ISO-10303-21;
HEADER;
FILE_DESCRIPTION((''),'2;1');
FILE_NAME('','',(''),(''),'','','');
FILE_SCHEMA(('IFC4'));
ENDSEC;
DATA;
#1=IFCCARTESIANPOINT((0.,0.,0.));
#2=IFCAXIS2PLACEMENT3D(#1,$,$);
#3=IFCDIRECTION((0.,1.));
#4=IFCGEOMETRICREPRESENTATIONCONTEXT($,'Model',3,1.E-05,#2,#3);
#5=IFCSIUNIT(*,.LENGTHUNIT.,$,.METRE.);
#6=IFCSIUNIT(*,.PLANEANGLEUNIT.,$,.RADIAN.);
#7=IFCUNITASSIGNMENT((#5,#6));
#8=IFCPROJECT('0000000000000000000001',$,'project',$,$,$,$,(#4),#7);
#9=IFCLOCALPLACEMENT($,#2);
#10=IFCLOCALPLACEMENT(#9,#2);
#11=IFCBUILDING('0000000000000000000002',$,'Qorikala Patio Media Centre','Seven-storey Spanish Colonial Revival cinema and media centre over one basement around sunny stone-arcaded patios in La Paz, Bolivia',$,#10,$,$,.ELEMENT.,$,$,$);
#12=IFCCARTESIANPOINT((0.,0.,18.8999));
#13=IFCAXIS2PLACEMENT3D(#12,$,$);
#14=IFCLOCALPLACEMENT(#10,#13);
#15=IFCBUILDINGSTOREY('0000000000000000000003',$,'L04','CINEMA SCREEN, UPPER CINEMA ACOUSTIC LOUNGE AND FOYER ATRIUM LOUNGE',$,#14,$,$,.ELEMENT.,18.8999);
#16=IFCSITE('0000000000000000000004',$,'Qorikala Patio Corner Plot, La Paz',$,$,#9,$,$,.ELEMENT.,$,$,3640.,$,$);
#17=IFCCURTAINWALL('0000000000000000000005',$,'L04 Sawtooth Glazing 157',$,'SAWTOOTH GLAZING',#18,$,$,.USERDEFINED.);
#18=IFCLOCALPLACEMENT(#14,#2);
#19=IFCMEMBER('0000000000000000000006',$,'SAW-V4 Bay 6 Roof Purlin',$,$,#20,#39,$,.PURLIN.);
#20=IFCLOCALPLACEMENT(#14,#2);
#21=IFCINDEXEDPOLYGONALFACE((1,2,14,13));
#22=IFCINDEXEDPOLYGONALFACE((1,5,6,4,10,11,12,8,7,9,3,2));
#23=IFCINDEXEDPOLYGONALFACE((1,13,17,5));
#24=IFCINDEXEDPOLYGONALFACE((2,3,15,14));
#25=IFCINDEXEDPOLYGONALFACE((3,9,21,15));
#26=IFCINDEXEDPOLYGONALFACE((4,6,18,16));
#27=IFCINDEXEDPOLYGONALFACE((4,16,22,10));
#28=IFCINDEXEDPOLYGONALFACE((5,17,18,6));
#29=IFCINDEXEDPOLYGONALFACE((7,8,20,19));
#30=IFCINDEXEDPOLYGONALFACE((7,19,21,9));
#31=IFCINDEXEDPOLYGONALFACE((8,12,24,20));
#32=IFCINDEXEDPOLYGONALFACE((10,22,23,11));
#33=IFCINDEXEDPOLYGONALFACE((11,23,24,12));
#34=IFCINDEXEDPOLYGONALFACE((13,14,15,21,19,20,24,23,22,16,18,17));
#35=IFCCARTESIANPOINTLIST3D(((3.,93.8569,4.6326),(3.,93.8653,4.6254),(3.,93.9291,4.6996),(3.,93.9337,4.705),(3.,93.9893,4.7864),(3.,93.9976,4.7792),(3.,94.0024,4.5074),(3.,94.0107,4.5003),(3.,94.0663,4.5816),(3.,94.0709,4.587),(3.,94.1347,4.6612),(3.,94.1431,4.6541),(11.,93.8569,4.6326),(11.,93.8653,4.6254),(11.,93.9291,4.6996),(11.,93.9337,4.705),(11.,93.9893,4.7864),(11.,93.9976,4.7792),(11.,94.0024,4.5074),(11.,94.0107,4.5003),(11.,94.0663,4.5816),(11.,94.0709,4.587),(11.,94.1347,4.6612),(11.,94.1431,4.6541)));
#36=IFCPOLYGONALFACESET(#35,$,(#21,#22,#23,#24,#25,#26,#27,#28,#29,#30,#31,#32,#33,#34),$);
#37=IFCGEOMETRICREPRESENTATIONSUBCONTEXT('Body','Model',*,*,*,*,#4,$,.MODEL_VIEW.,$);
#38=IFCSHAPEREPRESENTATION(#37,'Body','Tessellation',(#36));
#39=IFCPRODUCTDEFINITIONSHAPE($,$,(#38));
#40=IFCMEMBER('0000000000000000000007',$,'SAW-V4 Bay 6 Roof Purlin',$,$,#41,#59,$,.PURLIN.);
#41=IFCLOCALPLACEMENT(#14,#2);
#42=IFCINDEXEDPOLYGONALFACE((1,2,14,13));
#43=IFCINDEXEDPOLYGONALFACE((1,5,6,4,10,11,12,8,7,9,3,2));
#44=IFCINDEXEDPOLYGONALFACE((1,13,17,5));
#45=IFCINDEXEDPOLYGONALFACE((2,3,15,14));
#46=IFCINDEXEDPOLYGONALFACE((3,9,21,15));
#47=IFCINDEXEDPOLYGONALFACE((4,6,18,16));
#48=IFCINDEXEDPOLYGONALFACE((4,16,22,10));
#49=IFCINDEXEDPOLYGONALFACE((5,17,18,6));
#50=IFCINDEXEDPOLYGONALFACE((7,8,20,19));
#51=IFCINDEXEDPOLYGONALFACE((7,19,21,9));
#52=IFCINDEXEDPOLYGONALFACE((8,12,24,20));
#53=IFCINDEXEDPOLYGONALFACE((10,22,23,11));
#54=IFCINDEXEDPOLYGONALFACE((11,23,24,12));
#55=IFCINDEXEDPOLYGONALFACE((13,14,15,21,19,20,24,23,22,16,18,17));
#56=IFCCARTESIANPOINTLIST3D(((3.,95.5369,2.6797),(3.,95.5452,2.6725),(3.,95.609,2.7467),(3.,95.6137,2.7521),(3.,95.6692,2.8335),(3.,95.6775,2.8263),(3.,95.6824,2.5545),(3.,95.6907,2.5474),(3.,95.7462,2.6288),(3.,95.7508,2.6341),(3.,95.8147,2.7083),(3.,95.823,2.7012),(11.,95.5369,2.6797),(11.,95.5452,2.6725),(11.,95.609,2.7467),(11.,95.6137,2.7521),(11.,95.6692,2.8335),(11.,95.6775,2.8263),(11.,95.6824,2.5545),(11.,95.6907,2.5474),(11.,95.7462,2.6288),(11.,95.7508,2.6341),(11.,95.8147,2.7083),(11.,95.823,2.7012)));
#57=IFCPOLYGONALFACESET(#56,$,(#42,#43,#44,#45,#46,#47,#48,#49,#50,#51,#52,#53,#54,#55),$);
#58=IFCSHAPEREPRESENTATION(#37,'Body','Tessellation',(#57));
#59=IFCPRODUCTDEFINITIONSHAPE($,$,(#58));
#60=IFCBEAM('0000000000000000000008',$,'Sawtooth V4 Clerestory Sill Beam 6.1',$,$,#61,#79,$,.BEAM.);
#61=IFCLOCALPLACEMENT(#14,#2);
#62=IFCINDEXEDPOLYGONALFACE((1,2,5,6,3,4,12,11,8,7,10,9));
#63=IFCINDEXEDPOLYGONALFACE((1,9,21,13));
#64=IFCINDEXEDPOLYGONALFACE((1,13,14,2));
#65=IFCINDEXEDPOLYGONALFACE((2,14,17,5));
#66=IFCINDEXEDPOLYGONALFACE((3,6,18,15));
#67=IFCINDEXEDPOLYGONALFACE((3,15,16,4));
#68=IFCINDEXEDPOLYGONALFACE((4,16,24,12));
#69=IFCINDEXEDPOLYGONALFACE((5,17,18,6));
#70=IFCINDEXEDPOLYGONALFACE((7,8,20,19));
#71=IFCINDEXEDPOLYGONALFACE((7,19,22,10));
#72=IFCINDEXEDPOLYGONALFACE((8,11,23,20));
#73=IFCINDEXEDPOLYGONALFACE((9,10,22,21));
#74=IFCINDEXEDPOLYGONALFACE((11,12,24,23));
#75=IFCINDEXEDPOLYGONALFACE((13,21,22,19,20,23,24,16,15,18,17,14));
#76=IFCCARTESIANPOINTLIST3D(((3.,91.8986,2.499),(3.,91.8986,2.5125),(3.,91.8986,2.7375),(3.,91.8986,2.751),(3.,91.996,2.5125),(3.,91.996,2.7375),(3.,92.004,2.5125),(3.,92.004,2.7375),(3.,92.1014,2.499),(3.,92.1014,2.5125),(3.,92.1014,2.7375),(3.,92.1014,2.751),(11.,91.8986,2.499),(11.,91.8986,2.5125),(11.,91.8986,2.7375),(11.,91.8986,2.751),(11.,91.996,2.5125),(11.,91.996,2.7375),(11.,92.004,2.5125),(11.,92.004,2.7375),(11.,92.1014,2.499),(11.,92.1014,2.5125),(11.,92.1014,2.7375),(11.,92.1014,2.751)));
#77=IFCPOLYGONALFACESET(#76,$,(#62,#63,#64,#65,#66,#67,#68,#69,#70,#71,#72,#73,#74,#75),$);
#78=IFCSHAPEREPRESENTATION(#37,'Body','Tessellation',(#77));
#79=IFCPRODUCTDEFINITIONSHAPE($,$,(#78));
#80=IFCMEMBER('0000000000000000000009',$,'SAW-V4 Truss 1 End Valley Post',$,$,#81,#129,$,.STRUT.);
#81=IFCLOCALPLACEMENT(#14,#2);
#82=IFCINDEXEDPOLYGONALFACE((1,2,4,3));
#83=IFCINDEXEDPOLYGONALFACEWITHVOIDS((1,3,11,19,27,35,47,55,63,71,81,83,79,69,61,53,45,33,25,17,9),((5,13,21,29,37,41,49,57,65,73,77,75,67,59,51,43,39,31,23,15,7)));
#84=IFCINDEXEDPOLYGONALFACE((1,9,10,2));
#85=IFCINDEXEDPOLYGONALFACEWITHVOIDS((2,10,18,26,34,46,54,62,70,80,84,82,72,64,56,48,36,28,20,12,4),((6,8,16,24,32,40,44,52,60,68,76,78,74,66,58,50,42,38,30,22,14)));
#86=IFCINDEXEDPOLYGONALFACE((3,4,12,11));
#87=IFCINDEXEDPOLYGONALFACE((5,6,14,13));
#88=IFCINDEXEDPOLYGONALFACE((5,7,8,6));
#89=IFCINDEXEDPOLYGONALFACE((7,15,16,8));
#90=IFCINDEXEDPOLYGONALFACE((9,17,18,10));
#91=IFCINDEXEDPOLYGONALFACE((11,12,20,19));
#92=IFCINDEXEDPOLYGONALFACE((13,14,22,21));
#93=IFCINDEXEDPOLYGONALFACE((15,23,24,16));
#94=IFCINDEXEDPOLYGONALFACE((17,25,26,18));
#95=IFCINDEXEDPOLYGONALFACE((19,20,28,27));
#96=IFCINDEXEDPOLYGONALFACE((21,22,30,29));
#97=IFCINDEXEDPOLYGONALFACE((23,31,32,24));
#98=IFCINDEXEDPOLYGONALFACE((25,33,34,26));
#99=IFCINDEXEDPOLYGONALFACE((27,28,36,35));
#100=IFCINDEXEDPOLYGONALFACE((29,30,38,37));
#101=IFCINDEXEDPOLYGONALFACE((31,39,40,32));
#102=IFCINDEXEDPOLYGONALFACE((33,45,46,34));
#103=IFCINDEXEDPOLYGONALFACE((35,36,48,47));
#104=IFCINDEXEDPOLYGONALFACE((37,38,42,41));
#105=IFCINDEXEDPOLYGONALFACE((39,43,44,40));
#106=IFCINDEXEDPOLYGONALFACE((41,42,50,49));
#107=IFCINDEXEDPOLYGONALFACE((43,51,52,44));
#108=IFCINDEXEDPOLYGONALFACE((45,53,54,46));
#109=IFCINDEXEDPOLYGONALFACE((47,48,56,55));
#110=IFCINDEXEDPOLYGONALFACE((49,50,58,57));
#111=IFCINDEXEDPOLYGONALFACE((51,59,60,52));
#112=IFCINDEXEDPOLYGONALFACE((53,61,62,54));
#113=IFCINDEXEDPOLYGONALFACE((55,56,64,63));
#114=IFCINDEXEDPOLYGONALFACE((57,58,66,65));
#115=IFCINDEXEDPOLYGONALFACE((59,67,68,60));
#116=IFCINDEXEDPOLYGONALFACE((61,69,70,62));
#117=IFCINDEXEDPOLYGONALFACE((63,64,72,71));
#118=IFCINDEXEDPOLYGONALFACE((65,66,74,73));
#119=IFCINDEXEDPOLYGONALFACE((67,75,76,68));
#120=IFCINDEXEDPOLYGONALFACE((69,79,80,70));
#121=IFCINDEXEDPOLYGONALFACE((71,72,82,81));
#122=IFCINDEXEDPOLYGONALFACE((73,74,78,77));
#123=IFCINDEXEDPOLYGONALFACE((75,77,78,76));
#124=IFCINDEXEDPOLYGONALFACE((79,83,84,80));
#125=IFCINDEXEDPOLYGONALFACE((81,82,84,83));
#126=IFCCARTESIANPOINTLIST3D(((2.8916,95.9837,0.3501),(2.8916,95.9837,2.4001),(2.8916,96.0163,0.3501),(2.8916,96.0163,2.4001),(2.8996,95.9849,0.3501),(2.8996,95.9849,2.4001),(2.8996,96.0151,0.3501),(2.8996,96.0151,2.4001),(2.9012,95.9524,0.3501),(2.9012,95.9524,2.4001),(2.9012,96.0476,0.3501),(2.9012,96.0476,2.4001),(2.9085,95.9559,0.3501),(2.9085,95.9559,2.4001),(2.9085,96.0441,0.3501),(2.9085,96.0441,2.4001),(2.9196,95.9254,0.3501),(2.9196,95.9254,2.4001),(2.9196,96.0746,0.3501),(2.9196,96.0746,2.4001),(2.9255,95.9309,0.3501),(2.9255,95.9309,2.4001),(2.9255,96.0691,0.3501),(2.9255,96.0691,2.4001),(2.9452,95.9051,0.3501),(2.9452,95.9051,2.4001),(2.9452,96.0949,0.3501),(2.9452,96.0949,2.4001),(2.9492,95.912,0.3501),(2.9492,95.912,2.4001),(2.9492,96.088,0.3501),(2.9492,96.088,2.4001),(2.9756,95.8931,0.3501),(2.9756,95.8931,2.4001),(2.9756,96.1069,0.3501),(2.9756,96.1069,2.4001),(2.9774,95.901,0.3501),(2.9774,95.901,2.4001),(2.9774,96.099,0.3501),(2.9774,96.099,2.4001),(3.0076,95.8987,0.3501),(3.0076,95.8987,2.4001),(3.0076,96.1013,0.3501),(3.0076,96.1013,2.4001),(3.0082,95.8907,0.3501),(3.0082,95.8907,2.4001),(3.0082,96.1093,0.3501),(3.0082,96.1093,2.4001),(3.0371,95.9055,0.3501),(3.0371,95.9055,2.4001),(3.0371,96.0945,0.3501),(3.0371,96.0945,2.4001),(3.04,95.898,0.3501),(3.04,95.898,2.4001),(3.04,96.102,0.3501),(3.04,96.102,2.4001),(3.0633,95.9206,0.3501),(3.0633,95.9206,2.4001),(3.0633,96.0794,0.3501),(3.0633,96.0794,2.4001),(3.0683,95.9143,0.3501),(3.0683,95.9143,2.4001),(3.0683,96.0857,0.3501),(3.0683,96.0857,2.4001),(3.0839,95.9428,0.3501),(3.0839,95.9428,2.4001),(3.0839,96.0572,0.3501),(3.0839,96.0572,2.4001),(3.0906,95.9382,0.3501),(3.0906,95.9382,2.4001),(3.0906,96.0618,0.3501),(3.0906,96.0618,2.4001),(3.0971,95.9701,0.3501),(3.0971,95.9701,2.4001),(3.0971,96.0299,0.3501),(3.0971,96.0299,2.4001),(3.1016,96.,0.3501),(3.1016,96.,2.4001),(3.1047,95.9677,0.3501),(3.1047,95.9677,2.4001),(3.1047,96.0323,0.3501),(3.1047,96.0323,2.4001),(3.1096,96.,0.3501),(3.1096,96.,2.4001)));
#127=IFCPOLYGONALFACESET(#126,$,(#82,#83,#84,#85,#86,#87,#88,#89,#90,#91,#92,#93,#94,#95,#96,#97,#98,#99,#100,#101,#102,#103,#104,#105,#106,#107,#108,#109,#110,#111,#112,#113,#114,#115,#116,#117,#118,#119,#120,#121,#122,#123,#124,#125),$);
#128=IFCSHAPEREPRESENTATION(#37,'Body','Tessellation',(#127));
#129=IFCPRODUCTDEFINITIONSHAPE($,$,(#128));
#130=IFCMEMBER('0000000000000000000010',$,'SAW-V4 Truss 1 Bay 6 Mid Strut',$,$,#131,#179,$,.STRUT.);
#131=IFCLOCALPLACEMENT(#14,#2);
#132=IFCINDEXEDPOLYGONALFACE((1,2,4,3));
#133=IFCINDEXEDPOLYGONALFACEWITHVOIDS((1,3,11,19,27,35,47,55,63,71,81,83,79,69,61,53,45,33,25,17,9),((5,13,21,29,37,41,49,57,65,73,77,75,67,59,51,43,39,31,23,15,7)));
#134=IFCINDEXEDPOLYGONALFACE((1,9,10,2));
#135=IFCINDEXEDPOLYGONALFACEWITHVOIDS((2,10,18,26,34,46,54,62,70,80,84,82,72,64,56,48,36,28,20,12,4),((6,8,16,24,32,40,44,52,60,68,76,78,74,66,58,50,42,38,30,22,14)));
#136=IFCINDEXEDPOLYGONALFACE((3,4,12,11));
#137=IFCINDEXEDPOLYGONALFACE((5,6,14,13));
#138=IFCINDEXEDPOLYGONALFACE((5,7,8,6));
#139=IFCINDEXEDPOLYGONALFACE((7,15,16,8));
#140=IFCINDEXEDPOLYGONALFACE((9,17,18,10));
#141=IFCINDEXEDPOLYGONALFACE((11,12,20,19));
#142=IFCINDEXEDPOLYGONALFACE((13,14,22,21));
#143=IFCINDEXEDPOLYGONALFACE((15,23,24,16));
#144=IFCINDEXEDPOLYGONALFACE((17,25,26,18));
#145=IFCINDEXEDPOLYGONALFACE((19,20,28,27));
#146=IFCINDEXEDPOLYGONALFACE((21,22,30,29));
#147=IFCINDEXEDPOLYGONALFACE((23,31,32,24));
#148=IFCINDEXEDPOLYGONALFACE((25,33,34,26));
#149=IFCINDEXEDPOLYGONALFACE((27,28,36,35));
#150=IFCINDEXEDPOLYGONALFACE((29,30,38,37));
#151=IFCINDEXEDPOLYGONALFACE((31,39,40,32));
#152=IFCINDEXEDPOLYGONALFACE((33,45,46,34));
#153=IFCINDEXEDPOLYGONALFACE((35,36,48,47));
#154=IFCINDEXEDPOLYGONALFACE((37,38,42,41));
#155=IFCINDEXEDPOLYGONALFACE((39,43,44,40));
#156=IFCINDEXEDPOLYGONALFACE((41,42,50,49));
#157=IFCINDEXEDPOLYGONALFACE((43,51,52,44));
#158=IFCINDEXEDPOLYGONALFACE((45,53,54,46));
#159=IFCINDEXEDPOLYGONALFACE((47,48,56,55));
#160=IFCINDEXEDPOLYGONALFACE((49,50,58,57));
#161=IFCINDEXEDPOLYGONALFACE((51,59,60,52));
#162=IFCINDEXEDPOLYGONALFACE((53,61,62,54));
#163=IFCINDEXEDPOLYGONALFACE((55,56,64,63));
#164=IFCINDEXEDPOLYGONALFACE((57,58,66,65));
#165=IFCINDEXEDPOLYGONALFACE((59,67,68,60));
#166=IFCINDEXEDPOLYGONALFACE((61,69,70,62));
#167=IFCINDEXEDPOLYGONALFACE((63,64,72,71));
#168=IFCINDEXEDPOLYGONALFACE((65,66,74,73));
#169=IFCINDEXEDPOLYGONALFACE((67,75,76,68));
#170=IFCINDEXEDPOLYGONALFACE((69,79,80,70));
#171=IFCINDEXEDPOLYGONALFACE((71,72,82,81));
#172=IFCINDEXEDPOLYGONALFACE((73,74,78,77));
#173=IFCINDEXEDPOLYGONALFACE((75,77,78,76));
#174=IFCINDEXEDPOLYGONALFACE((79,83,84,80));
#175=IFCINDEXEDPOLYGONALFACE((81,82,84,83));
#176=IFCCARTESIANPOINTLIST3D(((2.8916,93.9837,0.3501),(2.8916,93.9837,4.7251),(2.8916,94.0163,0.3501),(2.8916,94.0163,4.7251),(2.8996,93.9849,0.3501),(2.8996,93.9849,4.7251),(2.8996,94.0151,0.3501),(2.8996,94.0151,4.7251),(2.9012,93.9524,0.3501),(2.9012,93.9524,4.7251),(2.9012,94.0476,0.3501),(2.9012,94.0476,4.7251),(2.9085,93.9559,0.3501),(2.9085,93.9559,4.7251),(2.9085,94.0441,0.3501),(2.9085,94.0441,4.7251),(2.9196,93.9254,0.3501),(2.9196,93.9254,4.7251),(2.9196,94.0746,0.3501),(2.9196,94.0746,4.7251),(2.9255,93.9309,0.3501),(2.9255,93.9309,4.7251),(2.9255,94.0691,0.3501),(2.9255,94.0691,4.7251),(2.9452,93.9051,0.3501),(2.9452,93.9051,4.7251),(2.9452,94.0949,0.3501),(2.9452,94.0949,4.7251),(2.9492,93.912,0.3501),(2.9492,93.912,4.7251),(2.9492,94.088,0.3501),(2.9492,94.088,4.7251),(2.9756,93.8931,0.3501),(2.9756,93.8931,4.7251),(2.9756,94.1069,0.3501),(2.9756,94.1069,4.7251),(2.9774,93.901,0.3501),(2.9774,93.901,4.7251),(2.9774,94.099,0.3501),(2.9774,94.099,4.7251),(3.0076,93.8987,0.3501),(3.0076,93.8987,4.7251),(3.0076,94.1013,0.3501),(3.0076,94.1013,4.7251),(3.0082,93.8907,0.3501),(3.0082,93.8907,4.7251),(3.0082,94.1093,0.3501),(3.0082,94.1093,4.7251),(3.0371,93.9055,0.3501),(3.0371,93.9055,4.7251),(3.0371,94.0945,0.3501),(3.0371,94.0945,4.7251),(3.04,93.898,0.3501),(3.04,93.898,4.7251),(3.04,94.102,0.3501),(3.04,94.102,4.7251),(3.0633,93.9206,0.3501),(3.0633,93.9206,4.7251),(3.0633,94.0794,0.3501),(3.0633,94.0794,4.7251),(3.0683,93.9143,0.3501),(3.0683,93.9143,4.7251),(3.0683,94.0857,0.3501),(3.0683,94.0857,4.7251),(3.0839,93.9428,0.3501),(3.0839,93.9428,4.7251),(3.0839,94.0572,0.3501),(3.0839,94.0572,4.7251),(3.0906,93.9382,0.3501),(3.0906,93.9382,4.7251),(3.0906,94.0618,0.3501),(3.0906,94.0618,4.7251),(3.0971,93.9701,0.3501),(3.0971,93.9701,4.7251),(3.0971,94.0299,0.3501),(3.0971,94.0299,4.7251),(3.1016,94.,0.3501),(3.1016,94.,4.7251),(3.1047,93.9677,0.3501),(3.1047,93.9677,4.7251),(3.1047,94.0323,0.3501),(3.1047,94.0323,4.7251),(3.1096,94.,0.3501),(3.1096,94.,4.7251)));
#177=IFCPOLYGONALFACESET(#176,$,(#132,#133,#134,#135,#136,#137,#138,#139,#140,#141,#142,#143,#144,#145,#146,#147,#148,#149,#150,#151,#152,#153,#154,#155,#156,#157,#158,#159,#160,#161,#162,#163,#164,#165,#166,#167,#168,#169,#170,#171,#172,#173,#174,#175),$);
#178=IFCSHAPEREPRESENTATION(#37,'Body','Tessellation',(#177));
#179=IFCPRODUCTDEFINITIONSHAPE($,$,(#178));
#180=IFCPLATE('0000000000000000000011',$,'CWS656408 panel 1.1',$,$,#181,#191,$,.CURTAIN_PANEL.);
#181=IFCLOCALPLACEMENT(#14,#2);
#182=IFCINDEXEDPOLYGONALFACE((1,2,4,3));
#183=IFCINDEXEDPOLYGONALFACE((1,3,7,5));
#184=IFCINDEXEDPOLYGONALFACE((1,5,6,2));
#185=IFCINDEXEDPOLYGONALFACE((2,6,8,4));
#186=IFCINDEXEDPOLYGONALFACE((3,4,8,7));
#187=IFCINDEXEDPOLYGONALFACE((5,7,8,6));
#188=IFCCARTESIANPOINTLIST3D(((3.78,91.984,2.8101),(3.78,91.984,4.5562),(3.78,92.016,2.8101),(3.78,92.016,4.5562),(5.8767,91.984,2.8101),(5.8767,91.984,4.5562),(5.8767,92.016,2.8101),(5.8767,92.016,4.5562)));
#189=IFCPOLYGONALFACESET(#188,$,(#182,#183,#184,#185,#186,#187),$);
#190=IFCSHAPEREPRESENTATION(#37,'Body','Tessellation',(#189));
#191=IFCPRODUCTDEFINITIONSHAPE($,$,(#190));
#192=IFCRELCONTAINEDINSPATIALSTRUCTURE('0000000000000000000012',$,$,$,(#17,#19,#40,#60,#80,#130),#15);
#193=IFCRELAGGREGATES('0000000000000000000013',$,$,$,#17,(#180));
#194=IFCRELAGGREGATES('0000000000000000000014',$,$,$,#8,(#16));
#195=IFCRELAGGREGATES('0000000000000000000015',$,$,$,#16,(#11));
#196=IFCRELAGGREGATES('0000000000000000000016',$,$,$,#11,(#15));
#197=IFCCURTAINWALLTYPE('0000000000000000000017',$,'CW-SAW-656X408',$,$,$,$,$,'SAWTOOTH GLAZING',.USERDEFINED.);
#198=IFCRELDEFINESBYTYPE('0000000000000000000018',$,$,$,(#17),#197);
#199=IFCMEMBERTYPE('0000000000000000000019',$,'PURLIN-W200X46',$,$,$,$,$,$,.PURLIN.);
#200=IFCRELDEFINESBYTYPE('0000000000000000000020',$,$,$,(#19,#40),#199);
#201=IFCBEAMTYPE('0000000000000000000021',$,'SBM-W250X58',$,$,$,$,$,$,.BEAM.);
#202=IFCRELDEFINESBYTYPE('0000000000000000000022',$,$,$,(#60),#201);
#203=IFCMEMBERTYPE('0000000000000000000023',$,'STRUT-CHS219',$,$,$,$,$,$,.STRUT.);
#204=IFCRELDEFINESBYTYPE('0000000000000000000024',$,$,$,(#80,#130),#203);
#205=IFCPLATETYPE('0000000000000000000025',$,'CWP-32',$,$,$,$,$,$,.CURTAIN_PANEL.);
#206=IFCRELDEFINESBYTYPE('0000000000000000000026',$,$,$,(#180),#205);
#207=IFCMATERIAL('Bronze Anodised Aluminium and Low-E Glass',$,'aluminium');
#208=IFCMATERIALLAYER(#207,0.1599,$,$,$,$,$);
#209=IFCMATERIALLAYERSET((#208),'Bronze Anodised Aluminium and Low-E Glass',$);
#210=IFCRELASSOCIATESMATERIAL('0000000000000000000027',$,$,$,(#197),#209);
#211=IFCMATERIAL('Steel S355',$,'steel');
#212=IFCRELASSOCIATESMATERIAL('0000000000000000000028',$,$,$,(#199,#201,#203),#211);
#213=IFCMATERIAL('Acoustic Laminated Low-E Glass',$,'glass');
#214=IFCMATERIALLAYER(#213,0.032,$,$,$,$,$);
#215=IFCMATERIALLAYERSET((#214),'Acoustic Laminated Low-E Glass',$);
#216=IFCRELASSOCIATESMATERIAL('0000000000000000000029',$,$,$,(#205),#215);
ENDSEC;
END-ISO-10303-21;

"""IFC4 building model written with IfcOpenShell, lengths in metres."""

from ifc_helpers import new_model, si_unit, direction, frame, origin, origin_2d, place, context, subcontext, project, spatial, rectangle, hollow_circle, i_section, extrude, material, layer, layer_set, material_profile, profile_set, type_object, element, aggregate, save


model = new_model("IFC4")

# Units and contexts
model_context = context("Model", 3, precision=1e-05, world=origin(), true_north=direction((0.0, 1.0)))
body_context = subcontext(model_context, "Body", "Model", "MODEL_VIEW")
ifc_project = project(units=[si_unit("LENGTHUNIT", "METRE"), si_unit("PLANEANGLEUNIT", "RADIAN")], contexts=[model_context])

# Site, building, storey
site_placement = place(None, origin())
site = spatial("IfcSite", under=ifc_project, at=site_placement, Name="Qorikala Patio Corner Plot, La Paz", CompositionType="ELEMENT", RefElevation=3640.0)
building_placement = place(site_placement, origin())
building = spatial("IfcBuilding", under=site, at=building_placement, Name="Qorikala Patio Media Centre", Description="Seven-storey Spanish Colonial Revival cinema and media centre over one basement around sunny stone-arcaded patios in La Paz, Bolivia", CompositionType="ELEMENT")
storey_placement = place(building_placement, frame((0.0, 0.0, 18.8999)))
storey = spatial("IfcBuildingStorey", under=building, at=storey_placement, Name="L04", Description="CINEMA SCREEN, UPPER CINEMA ACOUSTIC LOUNGE AND FOYER ATRIUM LOUNGE", CompositionType="ELEMENT", Elevation=18.8999)

# Shared definitions
ifc_material_1 = material(Name="Steel S355", Category="steel")

# Curtain wall
ifc_material_2 = material(Name="Bronze Anodised Aluminium and Low-E Glass", Category="aluminium")
ifc_layer_1 = layer(ifc_material_2, 0.1599)
ifc_layer_set_1 = layer_set([ifc_layer_1], Name="Bronze Anodised Aluminium and Low-E Glass")
curtain_wall_type = type_object("IfcCurtainWallType", Name="CW-SAW-656X408", ElementType="SAWTOOTH GLAZING", PredefinedType="USERDEFINED", material=ifc_layer_set_1)
curtain_wall_placement = place(storey_placement, origin())
curtain_wall = element("IfcCurtainWall", 1, at=curtain_wall_placement, inside=storey, type_object=curtain_wall_type, Name="L04 Sawtooth Glazing 157", ObjectType="SAWTOOTH GLAZING", PredefinedType="USERDEFINED")

# Members
ifc_material_profile_1 = material_profile(ifc_material_1, i_section(OverallWidth=0.2029, OverallDepth=0.2029, WebThickness=0.0071, FlangeThickness=0.011, at=origin_2d()), Name="W200X46")
ifc_profile_set_1 = profile_set([ifc_material_profile_1], Name="Steel S355")
member_type_1 = type_object("IfcMemberType", Name="PURLIN-W200X46", PredefinedType="PURLIN", material=ifc_profile_set_1)
for number, where, z_axis, x_axis, name in (
    (2, (3.0, 94.0, 4.6433), (1.0, 0.0, 0.0), (0.0, 0.652138, 0.7581), "SAW-V4 Bay 6 Roof Purlin"),
    (3, (3.0, 95.6799, 2.6904), (1.0, 0.0, 0.0), (0.0, 0.652138, 0.7581), "SAW-V4 Bay 6 Roof Purlin"),
):
    element("IfcMember", number, at=place(storey_placement, frame(where, z_axis=z_axis, x_axis=x_axis)), inside=storey, type_object=member_type_1, Name=name, PredefinedType="PURLIN", context=body_context, shape_type="SweptSolid", body=[
        extrude(i_section(OverallWidth=0.2029, OverallDepth=0.2029, WebThickness=0.0071, FlangeThickness=0.011, at=origin_2d()), origin(), (0.0, 0.0, 1.0), 8.0),
    ])

# Beam
ifc_material_profile_2 = material_profile(ifc_material_1, i_section(OverallWidth=0.2029, OverallDepth=0.252, WebThickness=0.0081, FlangeThickness=0.0134, at=origin_2d()), Name="W250X58")
ifc_profile_set_2 = profile_set([ifc_material_profile_2], Name="Steel S355")
beam_type = type_object("IfcBeamType", Name="SBM-W250X58", PredefinedType="BEAM", material=ifc_profile_set_2)
beam_placement = place(storey_placement, frame((3.0, 92.0, 2.625), z_axis=(1.0, 0.0, 0.0), x_axis=(0.0, 1.0, 0.0)))
element("IfcBeam", 4, at=beam_placement, inside=storey, type_object=beam_type, Name="Sawtooth V4 Clerestory Sill Beam 6.1", PredefinedType="BEAM", context=body_context, shape_type="SweptSolid", body=[
    extrude(i_section(OverallWidth=0.2029, OverallDepth=0.252, WebThickness=0.0081, FlangeThickness=0.0134, at=origin_2d()), origin(), (0.0, 0.0, 1.0), 8.0),
])

# Members
ifc_material_profile_3 = material_profile(ifc_material_1, hollow_circle(Radius=0.1096, WallThickness=0.0081, at=origin_2d()), Name="CHS219X8")
ifc_profile_set_3 = profile_set([ifc_material_profile_3], Name="Steel S355")
member_type_2 = type_object("IfcMemberType", Name="STRUT-CHS219", PredefinedType="STRUT", material=ifc_profile_set_3)
member_1_placement = place(storey_placement, frame((3.0, 96.0, 0.3501), z_axis=(0.0, 0.0, 1.0), x_axis=(1.0, 0.0, 0.0)))
element("IfcMember", 5, at=member_1_placement, inside=storey, type_object=member_type_2, Name="SAW-V4 Truss 1 End Valley Post", PredefinedType="STRUT", context=body_context, shape_type="SweptSolid", body=[
    extrude(hollow_circle(Radius=0.1096, WallThickness=0.0081, at=origin_2d()), origin(), (0.0, 0.0, 1.0), 2.05),
])
member_2_placement = place(storey_placement, frame((3.0, 94.0, 0.3501), z_axis=(0.0, 0.0, 1.0), x_axis=(1.0, 0.0, 0.0)))
element("IfcMember", 6, at=member_2_placement, inside=storey, type_object=member_type_2, Name="SAW-V4 Truss 1 Bay 6 Mid Strut", PredefinedType="STRUT", context=body_context, shape_type="SweptSolid", body=[
    extrude(hollow_circle(Radius=0.1096, WallThickness=0.0081, at=origin_2d()), origin(), (0.0, 0.0, 1.0), 4.375),
])

# Plate
ifc_material_3 = material(Name="Acoustic Laminated Low-E Glass", Category="glass")
ifc_layer_2 = layer(ifc_material_3, 0.032)
ifc_layer_set_2 = layer_set([ifc_layer_2], Name="Acoustic Laminated Low-E Glass")
plate_type_1 = type_object("IfcPlateType", Name="CWP-32", PredefinedType="CURTAIN_PANEL", material=ifc_layer_set_2)
plate_1_placement = place(storey_placement, frame((4.8284, 92.0, 2.8101), z_axis=(0.0, 0.0, 1.0), x_axis=(1.0, 0.0, 0.0)))
plate_1 = element("IfcPlate", 7, at=plate_1_placement, type_object=plate_type_1, Name="CWS656408 panel 1.1", PredefinedType="CURTAIN_PANEL", context=body_context, shape_type="SweptSolid", body=[
    extrude(rectangle(XDim=2.0967, YDim=0.032, at=origin_2d()), origin(), (0.0, 0.0, 1.0), 1.7461),
])
aggregate(curtain_wall, [plate_1])

save(model, "model.ifc")
